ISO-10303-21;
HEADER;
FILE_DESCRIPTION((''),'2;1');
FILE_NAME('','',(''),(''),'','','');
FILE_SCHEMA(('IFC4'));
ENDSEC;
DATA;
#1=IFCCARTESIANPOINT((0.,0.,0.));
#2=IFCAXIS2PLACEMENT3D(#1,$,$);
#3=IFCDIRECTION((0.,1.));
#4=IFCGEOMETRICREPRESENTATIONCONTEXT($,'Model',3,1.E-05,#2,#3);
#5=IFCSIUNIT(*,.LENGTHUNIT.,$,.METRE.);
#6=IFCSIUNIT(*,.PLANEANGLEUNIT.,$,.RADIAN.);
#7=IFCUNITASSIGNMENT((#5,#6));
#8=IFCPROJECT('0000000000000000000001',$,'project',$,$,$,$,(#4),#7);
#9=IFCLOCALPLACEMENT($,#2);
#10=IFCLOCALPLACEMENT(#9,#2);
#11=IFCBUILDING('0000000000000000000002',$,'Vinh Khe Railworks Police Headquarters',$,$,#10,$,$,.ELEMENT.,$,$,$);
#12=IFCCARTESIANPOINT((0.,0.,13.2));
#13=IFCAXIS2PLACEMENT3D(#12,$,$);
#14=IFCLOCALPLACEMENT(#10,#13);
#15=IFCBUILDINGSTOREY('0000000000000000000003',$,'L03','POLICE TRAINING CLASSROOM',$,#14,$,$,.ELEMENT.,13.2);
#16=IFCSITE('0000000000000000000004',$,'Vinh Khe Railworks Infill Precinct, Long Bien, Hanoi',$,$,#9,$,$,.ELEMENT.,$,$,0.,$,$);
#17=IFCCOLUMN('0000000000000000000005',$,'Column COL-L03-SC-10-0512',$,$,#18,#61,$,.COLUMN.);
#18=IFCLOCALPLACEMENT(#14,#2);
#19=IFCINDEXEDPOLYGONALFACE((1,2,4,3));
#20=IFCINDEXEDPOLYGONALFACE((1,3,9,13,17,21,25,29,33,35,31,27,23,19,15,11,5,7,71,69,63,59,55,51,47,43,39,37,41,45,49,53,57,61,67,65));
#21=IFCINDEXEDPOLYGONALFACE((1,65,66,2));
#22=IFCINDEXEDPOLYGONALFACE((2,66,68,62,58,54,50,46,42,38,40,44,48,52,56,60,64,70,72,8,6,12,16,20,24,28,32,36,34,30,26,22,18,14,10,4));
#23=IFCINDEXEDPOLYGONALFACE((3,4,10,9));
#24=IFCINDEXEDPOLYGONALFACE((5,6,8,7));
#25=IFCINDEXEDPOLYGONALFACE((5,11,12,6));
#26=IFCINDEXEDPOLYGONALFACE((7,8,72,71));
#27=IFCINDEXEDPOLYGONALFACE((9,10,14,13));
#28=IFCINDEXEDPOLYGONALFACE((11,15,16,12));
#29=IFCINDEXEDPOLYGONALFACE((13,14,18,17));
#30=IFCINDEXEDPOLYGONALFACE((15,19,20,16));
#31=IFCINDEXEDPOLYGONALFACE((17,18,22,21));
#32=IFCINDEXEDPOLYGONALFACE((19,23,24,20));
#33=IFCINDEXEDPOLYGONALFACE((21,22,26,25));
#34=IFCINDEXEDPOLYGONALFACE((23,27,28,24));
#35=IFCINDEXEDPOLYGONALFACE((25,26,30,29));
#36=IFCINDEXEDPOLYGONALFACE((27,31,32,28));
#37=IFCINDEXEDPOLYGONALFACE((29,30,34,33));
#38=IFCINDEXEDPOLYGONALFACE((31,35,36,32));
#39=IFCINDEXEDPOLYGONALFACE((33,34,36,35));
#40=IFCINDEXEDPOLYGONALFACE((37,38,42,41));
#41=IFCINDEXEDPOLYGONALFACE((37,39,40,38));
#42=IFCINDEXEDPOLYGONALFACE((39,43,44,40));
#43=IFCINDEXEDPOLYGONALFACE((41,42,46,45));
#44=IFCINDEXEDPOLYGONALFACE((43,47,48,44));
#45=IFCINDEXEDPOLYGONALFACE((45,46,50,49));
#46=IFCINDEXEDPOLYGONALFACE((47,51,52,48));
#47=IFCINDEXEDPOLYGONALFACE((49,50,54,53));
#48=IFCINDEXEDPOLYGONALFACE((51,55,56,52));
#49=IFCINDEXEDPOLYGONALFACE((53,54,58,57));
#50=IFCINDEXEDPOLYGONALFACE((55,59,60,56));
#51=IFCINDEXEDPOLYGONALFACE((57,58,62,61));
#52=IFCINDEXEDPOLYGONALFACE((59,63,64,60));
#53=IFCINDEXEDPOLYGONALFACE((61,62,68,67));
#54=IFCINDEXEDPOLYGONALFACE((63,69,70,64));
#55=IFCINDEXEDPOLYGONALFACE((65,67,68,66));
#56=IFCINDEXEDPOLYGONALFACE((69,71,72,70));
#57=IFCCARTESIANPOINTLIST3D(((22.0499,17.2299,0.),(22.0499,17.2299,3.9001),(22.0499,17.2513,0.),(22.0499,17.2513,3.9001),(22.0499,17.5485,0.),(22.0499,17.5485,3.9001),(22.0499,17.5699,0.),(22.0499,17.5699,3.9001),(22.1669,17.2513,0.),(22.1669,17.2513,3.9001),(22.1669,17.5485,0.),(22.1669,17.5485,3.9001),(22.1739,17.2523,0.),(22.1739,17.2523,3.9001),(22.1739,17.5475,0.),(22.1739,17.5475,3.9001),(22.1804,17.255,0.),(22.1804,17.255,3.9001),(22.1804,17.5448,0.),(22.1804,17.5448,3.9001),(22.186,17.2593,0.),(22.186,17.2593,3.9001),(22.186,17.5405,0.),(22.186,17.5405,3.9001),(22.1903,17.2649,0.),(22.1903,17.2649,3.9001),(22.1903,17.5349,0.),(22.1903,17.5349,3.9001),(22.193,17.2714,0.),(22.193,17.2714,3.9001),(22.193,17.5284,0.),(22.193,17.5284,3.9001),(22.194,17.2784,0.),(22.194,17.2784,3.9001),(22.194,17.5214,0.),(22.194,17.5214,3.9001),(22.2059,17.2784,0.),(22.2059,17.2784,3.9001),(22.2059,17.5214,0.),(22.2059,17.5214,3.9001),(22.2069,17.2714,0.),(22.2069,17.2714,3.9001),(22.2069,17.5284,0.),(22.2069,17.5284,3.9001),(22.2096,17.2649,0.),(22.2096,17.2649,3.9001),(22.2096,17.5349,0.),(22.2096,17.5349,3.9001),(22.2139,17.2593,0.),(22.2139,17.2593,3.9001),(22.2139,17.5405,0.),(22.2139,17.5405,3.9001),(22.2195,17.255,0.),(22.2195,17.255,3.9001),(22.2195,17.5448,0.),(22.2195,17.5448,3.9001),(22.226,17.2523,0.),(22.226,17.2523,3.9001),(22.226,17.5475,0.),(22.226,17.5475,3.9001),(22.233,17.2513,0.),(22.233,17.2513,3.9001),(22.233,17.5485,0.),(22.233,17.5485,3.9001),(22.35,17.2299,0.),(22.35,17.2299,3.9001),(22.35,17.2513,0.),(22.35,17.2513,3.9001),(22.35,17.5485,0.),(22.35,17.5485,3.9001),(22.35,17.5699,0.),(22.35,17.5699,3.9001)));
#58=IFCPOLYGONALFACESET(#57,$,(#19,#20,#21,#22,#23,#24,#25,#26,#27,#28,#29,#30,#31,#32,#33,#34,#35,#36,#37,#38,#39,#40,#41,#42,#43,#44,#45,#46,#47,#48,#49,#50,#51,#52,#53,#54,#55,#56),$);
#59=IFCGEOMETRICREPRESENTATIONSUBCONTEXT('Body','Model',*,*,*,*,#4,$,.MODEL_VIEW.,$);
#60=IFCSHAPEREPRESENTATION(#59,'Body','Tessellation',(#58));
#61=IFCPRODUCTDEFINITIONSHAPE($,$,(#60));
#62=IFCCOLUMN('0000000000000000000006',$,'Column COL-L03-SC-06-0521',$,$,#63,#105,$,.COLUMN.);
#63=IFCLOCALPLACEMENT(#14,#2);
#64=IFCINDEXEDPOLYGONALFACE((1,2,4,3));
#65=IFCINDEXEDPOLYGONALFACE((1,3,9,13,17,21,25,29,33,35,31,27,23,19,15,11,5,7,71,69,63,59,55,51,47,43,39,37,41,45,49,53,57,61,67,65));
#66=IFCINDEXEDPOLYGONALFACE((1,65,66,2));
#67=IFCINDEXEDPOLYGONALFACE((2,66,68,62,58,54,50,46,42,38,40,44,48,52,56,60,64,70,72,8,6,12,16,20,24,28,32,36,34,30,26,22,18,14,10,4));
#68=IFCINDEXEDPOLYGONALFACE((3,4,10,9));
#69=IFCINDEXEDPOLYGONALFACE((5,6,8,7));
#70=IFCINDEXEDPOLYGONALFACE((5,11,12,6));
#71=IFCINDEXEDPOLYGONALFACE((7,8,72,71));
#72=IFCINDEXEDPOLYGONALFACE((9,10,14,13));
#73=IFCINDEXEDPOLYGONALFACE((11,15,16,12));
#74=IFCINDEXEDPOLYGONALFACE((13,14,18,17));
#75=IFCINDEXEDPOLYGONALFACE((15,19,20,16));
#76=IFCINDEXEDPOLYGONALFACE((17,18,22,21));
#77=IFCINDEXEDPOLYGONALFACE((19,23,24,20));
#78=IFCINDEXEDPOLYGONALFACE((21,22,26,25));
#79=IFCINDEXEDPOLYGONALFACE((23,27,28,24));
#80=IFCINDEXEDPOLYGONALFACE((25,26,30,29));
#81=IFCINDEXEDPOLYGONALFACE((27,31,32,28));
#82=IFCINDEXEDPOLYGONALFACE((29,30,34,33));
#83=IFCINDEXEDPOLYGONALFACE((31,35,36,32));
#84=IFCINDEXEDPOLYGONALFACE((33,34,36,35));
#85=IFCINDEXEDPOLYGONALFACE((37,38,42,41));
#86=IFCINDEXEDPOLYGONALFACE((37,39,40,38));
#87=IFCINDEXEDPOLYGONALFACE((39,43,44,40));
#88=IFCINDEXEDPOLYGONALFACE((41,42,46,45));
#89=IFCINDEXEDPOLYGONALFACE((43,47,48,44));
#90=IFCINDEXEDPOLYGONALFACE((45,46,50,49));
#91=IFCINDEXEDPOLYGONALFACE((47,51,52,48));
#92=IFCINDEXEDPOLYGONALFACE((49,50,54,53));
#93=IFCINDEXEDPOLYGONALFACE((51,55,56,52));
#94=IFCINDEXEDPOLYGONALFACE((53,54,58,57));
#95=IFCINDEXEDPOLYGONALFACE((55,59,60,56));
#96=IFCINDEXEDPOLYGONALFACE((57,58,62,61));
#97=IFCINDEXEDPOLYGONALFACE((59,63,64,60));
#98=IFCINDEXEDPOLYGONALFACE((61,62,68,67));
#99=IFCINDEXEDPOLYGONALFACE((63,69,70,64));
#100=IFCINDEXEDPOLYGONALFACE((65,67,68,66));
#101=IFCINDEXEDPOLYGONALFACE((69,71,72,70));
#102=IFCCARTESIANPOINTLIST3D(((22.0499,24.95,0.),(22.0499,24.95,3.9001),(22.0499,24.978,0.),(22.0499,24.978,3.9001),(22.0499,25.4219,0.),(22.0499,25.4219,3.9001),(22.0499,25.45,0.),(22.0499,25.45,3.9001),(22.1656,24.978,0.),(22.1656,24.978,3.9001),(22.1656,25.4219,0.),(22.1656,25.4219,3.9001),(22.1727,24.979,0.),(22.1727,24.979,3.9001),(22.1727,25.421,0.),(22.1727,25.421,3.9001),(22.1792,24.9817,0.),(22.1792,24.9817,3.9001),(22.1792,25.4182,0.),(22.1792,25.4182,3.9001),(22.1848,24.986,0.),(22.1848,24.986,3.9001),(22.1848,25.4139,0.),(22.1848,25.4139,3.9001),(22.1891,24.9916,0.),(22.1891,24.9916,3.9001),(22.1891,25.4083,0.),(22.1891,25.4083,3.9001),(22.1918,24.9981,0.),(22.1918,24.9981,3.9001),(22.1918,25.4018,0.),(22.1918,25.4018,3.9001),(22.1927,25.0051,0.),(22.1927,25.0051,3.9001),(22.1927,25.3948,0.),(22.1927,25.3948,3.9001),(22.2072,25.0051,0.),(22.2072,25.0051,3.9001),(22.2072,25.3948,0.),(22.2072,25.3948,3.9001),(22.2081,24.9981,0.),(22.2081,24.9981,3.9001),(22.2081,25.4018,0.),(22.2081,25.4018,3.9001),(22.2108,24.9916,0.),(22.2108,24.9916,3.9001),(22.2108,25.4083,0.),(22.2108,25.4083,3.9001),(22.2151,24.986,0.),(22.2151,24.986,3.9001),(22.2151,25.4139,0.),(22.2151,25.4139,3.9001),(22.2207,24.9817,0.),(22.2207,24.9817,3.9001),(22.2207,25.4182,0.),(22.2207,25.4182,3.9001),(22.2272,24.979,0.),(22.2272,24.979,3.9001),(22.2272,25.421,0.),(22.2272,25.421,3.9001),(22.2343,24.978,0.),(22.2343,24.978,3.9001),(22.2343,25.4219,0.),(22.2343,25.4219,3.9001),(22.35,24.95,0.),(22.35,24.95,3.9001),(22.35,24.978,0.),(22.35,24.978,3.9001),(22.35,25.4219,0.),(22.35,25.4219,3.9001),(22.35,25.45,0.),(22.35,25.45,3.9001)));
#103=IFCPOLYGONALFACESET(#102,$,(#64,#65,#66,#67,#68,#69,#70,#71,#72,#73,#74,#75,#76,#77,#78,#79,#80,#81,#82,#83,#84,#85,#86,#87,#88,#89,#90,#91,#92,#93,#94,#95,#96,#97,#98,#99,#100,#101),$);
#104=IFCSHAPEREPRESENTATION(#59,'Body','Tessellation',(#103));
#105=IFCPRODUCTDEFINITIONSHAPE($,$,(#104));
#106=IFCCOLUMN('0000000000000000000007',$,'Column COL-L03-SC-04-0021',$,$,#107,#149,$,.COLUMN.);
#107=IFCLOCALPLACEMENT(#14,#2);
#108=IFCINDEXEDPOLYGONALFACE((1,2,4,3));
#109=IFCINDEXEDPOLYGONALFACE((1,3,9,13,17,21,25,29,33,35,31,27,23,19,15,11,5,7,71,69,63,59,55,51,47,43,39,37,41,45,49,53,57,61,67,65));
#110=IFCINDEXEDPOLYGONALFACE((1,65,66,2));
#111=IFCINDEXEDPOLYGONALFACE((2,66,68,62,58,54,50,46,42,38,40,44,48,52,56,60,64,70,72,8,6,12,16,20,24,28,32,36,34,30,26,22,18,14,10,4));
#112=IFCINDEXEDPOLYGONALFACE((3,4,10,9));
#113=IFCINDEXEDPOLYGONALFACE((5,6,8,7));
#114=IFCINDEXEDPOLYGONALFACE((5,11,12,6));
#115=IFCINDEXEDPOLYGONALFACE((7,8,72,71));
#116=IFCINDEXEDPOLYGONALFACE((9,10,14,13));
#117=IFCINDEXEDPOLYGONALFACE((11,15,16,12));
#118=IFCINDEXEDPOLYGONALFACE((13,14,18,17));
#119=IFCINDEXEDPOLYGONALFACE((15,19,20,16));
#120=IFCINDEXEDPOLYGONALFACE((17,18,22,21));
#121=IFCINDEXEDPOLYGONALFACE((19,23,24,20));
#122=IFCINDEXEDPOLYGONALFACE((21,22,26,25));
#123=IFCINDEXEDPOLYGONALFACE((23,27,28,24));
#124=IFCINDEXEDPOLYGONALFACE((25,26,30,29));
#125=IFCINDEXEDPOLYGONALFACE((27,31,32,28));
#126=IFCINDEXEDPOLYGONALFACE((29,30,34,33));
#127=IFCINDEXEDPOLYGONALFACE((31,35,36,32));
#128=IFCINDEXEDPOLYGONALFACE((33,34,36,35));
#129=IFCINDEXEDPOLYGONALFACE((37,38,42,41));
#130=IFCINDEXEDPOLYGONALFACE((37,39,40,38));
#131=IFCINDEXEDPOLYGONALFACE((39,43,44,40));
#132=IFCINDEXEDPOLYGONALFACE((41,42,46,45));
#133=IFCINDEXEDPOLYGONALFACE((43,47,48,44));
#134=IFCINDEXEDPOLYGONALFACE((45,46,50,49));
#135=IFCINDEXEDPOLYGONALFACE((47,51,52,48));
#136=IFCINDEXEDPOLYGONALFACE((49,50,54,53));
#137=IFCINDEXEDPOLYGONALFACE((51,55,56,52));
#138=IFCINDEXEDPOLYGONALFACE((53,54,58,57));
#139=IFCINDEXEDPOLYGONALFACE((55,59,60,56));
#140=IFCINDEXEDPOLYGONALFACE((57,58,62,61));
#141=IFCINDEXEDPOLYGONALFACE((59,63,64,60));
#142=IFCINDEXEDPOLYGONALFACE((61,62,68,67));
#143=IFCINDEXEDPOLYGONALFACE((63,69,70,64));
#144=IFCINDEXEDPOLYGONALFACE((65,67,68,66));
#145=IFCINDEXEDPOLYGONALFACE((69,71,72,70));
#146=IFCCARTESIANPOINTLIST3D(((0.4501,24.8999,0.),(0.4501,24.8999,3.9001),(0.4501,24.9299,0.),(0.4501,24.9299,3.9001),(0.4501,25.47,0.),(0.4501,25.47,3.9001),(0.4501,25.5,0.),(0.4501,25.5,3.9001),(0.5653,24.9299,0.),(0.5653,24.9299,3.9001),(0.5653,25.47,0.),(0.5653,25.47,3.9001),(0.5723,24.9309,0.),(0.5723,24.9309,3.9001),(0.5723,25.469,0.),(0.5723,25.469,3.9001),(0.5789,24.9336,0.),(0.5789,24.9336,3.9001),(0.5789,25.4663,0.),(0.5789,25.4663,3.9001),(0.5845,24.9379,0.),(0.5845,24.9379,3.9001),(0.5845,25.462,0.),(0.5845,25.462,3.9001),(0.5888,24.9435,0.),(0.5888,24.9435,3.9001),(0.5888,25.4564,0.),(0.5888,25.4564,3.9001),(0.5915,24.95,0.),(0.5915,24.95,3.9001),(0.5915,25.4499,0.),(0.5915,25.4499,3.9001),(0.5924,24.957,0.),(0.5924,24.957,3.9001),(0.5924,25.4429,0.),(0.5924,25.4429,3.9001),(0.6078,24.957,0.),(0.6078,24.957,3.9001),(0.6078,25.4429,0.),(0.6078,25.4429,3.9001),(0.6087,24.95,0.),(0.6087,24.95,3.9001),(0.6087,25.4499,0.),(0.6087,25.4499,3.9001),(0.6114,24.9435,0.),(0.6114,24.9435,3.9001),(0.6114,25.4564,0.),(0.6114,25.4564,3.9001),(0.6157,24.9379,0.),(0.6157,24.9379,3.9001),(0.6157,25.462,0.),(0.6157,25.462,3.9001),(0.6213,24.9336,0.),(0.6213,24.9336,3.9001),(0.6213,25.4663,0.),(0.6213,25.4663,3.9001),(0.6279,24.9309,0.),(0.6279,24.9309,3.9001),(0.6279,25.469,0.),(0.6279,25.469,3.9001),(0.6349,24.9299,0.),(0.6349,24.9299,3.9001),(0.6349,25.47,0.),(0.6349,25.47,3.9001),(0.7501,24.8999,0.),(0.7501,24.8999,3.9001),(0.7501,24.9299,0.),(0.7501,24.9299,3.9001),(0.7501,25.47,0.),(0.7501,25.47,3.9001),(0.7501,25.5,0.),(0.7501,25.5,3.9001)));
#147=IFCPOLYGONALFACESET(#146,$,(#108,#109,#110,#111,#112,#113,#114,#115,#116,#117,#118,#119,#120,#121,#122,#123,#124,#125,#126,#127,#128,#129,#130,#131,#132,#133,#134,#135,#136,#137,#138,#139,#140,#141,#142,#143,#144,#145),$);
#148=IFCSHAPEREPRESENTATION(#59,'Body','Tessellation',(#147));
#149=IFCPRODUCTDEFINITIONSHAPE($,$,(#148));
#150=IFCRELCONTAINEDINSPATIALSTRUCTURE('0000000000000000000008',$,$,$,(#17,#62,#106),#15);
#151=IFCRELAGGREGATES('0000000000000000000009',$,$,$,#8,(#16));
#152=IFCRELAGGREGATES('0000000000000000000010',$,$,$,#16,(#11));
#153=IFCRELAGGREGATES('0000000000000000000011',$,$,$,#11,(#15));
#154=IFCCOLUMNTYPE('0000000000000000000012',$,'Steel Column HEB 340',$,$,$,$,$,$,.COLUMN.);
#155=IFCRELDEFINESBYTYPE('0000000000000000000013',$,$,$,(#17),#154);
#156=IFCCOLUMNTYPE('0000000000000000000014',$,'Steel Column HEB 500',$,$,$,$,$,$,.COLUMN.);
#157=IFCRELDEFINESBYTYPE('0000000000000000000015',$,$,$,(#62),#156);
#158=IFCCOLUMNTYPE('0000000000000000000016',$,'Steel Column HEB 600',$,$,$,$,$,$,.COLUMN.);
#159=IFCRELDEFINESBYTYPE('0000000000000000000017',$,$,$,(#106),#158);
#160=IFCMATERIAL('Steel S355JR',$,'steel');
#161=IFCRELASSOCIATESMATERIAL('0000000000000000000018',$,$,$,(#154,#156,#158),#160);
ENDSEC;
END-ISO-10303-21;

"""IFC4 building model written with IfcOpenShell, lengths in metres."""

from ifc_helpers import new_model, si_unit, direction, frame, origin, origin_2d, place, context, subcontext, project, spatial, i_section, extrude, material, material_profile, profile_set, type_object, element, save


model = new_model("IFC4")

# Units and contexts
model_context = context("Model", 3, precision=1e-05, world=origin(), true_north=direction((0.0, 1.0)))
body_context = subcontext(model_context, "Body", "Model", "MODEL_VIEW")
ifc_project = project(units=[si_unit("LENGTHUNIT", "METRE"), si_unit("PLANEANGLEUNIT", "RADIAN")], contexts=[model_context])

# Site, building, storey
site_placement = place(None, origin())
site = spatial("IfcSite", under=ifc_project, at=site_placement, Name="Vinh Khe Railworks Infill Precinct, Long Bien, Hanoi", CompositionType="ELEMENT", RefElevation=0.0)
building_placement = place(site_placement, origin())
building = spatial("IfcBuilding", under=site, at=building_placement, Name="Vinh Khe Railworks Police Headquarters", CompositionType="ELEMENT")
storey_placement = place(building_placement, frame((0.0, 0.0, 13.2)))
storey = spatial("IfcBuildingStorey", under=building, at=storey_placement, Name="L03", Description="POLICE TRAINING CLASSROOM", CompositionType="ELEMENT", Elevation=13.2)

# Columns
ifc_material_1 = material(Name="Steel S355JR", Category="steel")
ifc_material_profile_1 = material_profile(ifc_material_1, i_section(OverallWidth=0.3, OverallDepth=0.3401, WebThickness=0.012, FlangeThickness=0.0215, FilletRadius=0.0271, at=origin_2d()), Name="HEB 340")
ifc_profile_set_1 = profile_set([ifc_material_profile_1], Name="Steel S355JR")
column_type_1 = type_object("IfcColumnType", Name="Steel Column HEB 340", PredefinedType="COLUMN", material=ifc_profile_set_1)
column_1_placement = place(storey_placement, frame((22.2, 17.3999, 0.0), z_axis=(0.0, 0.0, 1.0), x_axis=(1.0, 0.0, 0.0)))
element("IfcColumn", 1, at=column_1_placement, inside=storey, type_object=column_type_1, Name="Column COL-L03-SC-10-0512", PredefinedType="COLUMN", context=body_context, shape_type="SweptSolid", body=[
    extrude(i_section(OverallWidth=0.3, OverallDepth=0.3401, WebThickness=0.012, FlangeThickness=0.0215, FilletRadius=0.0271, at=origin_2d()), origin(), (0.0, 0.0, 1.0), 3.9001),
])
ifc_material_profile_2 = material_profile(ifc_material_1, i_section(OverallWidth=0.3, OverallDepth=0.5, WebThickness=0.0144, FlangeThickness=0.0281, FilletRadius=0.0271, at=origin_2d()), Name="HEB 500")
ifc_profile_set_2 = profile_set([ifc_material_profile_2], Name="Steel S355JR")
column_type_2 = type_object("IfcColumnType", Name="Steel Column HEB 500", PredefinedType="COLUMN", material=ifc_profile_set_2)
column_2_placement = place(storey_placement, frame((22.2, 25.2, 0.0), z_axis=(0.0, 0.0, 1.0), x_axis=(1.0, 0.0, 0.0)))
element("IfcColumn", 2, at=column_2_placement, inside=storey, type_object=column_type_2, Name="Column COL-L03-SC-06-0521", PredefinedType="COLUMN", context=body_context, shape_type="SweptSolid", body=[
    extrude(i_section(OverallWidth=0.3, OverallDepth=0.5, WebThickness=0.0144, FlangeThickness=0.0281, FilletRadius=0.0271, at=origin_2d()), origin(), (0.0, 0.0, 1.0), 3.9001),
])
ifc_material_profile_3 = material_profile(ifc_material_1, i_section(OverallWidth=0.3, OverallDepth=0.6001, WebThickness=0.0154, FlangeThickness=0.03, FilletRadius=0.0271, at=origin_2d()), Name="HEB 600")
ifc_profile_set_3 = profile_set([ifc_material_profile_3], Name="Steel S355JR")
column_type_3 = type_object("IfcColumnType", Name="Steel Column HEB 600", PredefinedType="COLUMN", material=ifc_profile_set_3)
column_3_placement = place(storey_placement, frame((0.6001, 25.2, 0.0), z_axis=(0.0, 0.0, 1.0), x_axis=(1.0, 0.0, 0.0)))
element("IfcColumn", 3, at=column_3_placement, inside=storey, type_object=column_type_3, Name="Column COL-L03-SC-04-0021", PredefinedType="COLUMN", context=body_context, shape_type="SweptSolid", body=[
    extrude(i_section(OverallWidth=0.3, OverallDepth=0.6001, WebThickness=0.0154, FlangeThickness=0.03, FilletRadius=0.0271, at=origin_2d()), origin(), (0.0, 0.0, 1.0), 3.9001),
])

save(model, "model.ifc")
